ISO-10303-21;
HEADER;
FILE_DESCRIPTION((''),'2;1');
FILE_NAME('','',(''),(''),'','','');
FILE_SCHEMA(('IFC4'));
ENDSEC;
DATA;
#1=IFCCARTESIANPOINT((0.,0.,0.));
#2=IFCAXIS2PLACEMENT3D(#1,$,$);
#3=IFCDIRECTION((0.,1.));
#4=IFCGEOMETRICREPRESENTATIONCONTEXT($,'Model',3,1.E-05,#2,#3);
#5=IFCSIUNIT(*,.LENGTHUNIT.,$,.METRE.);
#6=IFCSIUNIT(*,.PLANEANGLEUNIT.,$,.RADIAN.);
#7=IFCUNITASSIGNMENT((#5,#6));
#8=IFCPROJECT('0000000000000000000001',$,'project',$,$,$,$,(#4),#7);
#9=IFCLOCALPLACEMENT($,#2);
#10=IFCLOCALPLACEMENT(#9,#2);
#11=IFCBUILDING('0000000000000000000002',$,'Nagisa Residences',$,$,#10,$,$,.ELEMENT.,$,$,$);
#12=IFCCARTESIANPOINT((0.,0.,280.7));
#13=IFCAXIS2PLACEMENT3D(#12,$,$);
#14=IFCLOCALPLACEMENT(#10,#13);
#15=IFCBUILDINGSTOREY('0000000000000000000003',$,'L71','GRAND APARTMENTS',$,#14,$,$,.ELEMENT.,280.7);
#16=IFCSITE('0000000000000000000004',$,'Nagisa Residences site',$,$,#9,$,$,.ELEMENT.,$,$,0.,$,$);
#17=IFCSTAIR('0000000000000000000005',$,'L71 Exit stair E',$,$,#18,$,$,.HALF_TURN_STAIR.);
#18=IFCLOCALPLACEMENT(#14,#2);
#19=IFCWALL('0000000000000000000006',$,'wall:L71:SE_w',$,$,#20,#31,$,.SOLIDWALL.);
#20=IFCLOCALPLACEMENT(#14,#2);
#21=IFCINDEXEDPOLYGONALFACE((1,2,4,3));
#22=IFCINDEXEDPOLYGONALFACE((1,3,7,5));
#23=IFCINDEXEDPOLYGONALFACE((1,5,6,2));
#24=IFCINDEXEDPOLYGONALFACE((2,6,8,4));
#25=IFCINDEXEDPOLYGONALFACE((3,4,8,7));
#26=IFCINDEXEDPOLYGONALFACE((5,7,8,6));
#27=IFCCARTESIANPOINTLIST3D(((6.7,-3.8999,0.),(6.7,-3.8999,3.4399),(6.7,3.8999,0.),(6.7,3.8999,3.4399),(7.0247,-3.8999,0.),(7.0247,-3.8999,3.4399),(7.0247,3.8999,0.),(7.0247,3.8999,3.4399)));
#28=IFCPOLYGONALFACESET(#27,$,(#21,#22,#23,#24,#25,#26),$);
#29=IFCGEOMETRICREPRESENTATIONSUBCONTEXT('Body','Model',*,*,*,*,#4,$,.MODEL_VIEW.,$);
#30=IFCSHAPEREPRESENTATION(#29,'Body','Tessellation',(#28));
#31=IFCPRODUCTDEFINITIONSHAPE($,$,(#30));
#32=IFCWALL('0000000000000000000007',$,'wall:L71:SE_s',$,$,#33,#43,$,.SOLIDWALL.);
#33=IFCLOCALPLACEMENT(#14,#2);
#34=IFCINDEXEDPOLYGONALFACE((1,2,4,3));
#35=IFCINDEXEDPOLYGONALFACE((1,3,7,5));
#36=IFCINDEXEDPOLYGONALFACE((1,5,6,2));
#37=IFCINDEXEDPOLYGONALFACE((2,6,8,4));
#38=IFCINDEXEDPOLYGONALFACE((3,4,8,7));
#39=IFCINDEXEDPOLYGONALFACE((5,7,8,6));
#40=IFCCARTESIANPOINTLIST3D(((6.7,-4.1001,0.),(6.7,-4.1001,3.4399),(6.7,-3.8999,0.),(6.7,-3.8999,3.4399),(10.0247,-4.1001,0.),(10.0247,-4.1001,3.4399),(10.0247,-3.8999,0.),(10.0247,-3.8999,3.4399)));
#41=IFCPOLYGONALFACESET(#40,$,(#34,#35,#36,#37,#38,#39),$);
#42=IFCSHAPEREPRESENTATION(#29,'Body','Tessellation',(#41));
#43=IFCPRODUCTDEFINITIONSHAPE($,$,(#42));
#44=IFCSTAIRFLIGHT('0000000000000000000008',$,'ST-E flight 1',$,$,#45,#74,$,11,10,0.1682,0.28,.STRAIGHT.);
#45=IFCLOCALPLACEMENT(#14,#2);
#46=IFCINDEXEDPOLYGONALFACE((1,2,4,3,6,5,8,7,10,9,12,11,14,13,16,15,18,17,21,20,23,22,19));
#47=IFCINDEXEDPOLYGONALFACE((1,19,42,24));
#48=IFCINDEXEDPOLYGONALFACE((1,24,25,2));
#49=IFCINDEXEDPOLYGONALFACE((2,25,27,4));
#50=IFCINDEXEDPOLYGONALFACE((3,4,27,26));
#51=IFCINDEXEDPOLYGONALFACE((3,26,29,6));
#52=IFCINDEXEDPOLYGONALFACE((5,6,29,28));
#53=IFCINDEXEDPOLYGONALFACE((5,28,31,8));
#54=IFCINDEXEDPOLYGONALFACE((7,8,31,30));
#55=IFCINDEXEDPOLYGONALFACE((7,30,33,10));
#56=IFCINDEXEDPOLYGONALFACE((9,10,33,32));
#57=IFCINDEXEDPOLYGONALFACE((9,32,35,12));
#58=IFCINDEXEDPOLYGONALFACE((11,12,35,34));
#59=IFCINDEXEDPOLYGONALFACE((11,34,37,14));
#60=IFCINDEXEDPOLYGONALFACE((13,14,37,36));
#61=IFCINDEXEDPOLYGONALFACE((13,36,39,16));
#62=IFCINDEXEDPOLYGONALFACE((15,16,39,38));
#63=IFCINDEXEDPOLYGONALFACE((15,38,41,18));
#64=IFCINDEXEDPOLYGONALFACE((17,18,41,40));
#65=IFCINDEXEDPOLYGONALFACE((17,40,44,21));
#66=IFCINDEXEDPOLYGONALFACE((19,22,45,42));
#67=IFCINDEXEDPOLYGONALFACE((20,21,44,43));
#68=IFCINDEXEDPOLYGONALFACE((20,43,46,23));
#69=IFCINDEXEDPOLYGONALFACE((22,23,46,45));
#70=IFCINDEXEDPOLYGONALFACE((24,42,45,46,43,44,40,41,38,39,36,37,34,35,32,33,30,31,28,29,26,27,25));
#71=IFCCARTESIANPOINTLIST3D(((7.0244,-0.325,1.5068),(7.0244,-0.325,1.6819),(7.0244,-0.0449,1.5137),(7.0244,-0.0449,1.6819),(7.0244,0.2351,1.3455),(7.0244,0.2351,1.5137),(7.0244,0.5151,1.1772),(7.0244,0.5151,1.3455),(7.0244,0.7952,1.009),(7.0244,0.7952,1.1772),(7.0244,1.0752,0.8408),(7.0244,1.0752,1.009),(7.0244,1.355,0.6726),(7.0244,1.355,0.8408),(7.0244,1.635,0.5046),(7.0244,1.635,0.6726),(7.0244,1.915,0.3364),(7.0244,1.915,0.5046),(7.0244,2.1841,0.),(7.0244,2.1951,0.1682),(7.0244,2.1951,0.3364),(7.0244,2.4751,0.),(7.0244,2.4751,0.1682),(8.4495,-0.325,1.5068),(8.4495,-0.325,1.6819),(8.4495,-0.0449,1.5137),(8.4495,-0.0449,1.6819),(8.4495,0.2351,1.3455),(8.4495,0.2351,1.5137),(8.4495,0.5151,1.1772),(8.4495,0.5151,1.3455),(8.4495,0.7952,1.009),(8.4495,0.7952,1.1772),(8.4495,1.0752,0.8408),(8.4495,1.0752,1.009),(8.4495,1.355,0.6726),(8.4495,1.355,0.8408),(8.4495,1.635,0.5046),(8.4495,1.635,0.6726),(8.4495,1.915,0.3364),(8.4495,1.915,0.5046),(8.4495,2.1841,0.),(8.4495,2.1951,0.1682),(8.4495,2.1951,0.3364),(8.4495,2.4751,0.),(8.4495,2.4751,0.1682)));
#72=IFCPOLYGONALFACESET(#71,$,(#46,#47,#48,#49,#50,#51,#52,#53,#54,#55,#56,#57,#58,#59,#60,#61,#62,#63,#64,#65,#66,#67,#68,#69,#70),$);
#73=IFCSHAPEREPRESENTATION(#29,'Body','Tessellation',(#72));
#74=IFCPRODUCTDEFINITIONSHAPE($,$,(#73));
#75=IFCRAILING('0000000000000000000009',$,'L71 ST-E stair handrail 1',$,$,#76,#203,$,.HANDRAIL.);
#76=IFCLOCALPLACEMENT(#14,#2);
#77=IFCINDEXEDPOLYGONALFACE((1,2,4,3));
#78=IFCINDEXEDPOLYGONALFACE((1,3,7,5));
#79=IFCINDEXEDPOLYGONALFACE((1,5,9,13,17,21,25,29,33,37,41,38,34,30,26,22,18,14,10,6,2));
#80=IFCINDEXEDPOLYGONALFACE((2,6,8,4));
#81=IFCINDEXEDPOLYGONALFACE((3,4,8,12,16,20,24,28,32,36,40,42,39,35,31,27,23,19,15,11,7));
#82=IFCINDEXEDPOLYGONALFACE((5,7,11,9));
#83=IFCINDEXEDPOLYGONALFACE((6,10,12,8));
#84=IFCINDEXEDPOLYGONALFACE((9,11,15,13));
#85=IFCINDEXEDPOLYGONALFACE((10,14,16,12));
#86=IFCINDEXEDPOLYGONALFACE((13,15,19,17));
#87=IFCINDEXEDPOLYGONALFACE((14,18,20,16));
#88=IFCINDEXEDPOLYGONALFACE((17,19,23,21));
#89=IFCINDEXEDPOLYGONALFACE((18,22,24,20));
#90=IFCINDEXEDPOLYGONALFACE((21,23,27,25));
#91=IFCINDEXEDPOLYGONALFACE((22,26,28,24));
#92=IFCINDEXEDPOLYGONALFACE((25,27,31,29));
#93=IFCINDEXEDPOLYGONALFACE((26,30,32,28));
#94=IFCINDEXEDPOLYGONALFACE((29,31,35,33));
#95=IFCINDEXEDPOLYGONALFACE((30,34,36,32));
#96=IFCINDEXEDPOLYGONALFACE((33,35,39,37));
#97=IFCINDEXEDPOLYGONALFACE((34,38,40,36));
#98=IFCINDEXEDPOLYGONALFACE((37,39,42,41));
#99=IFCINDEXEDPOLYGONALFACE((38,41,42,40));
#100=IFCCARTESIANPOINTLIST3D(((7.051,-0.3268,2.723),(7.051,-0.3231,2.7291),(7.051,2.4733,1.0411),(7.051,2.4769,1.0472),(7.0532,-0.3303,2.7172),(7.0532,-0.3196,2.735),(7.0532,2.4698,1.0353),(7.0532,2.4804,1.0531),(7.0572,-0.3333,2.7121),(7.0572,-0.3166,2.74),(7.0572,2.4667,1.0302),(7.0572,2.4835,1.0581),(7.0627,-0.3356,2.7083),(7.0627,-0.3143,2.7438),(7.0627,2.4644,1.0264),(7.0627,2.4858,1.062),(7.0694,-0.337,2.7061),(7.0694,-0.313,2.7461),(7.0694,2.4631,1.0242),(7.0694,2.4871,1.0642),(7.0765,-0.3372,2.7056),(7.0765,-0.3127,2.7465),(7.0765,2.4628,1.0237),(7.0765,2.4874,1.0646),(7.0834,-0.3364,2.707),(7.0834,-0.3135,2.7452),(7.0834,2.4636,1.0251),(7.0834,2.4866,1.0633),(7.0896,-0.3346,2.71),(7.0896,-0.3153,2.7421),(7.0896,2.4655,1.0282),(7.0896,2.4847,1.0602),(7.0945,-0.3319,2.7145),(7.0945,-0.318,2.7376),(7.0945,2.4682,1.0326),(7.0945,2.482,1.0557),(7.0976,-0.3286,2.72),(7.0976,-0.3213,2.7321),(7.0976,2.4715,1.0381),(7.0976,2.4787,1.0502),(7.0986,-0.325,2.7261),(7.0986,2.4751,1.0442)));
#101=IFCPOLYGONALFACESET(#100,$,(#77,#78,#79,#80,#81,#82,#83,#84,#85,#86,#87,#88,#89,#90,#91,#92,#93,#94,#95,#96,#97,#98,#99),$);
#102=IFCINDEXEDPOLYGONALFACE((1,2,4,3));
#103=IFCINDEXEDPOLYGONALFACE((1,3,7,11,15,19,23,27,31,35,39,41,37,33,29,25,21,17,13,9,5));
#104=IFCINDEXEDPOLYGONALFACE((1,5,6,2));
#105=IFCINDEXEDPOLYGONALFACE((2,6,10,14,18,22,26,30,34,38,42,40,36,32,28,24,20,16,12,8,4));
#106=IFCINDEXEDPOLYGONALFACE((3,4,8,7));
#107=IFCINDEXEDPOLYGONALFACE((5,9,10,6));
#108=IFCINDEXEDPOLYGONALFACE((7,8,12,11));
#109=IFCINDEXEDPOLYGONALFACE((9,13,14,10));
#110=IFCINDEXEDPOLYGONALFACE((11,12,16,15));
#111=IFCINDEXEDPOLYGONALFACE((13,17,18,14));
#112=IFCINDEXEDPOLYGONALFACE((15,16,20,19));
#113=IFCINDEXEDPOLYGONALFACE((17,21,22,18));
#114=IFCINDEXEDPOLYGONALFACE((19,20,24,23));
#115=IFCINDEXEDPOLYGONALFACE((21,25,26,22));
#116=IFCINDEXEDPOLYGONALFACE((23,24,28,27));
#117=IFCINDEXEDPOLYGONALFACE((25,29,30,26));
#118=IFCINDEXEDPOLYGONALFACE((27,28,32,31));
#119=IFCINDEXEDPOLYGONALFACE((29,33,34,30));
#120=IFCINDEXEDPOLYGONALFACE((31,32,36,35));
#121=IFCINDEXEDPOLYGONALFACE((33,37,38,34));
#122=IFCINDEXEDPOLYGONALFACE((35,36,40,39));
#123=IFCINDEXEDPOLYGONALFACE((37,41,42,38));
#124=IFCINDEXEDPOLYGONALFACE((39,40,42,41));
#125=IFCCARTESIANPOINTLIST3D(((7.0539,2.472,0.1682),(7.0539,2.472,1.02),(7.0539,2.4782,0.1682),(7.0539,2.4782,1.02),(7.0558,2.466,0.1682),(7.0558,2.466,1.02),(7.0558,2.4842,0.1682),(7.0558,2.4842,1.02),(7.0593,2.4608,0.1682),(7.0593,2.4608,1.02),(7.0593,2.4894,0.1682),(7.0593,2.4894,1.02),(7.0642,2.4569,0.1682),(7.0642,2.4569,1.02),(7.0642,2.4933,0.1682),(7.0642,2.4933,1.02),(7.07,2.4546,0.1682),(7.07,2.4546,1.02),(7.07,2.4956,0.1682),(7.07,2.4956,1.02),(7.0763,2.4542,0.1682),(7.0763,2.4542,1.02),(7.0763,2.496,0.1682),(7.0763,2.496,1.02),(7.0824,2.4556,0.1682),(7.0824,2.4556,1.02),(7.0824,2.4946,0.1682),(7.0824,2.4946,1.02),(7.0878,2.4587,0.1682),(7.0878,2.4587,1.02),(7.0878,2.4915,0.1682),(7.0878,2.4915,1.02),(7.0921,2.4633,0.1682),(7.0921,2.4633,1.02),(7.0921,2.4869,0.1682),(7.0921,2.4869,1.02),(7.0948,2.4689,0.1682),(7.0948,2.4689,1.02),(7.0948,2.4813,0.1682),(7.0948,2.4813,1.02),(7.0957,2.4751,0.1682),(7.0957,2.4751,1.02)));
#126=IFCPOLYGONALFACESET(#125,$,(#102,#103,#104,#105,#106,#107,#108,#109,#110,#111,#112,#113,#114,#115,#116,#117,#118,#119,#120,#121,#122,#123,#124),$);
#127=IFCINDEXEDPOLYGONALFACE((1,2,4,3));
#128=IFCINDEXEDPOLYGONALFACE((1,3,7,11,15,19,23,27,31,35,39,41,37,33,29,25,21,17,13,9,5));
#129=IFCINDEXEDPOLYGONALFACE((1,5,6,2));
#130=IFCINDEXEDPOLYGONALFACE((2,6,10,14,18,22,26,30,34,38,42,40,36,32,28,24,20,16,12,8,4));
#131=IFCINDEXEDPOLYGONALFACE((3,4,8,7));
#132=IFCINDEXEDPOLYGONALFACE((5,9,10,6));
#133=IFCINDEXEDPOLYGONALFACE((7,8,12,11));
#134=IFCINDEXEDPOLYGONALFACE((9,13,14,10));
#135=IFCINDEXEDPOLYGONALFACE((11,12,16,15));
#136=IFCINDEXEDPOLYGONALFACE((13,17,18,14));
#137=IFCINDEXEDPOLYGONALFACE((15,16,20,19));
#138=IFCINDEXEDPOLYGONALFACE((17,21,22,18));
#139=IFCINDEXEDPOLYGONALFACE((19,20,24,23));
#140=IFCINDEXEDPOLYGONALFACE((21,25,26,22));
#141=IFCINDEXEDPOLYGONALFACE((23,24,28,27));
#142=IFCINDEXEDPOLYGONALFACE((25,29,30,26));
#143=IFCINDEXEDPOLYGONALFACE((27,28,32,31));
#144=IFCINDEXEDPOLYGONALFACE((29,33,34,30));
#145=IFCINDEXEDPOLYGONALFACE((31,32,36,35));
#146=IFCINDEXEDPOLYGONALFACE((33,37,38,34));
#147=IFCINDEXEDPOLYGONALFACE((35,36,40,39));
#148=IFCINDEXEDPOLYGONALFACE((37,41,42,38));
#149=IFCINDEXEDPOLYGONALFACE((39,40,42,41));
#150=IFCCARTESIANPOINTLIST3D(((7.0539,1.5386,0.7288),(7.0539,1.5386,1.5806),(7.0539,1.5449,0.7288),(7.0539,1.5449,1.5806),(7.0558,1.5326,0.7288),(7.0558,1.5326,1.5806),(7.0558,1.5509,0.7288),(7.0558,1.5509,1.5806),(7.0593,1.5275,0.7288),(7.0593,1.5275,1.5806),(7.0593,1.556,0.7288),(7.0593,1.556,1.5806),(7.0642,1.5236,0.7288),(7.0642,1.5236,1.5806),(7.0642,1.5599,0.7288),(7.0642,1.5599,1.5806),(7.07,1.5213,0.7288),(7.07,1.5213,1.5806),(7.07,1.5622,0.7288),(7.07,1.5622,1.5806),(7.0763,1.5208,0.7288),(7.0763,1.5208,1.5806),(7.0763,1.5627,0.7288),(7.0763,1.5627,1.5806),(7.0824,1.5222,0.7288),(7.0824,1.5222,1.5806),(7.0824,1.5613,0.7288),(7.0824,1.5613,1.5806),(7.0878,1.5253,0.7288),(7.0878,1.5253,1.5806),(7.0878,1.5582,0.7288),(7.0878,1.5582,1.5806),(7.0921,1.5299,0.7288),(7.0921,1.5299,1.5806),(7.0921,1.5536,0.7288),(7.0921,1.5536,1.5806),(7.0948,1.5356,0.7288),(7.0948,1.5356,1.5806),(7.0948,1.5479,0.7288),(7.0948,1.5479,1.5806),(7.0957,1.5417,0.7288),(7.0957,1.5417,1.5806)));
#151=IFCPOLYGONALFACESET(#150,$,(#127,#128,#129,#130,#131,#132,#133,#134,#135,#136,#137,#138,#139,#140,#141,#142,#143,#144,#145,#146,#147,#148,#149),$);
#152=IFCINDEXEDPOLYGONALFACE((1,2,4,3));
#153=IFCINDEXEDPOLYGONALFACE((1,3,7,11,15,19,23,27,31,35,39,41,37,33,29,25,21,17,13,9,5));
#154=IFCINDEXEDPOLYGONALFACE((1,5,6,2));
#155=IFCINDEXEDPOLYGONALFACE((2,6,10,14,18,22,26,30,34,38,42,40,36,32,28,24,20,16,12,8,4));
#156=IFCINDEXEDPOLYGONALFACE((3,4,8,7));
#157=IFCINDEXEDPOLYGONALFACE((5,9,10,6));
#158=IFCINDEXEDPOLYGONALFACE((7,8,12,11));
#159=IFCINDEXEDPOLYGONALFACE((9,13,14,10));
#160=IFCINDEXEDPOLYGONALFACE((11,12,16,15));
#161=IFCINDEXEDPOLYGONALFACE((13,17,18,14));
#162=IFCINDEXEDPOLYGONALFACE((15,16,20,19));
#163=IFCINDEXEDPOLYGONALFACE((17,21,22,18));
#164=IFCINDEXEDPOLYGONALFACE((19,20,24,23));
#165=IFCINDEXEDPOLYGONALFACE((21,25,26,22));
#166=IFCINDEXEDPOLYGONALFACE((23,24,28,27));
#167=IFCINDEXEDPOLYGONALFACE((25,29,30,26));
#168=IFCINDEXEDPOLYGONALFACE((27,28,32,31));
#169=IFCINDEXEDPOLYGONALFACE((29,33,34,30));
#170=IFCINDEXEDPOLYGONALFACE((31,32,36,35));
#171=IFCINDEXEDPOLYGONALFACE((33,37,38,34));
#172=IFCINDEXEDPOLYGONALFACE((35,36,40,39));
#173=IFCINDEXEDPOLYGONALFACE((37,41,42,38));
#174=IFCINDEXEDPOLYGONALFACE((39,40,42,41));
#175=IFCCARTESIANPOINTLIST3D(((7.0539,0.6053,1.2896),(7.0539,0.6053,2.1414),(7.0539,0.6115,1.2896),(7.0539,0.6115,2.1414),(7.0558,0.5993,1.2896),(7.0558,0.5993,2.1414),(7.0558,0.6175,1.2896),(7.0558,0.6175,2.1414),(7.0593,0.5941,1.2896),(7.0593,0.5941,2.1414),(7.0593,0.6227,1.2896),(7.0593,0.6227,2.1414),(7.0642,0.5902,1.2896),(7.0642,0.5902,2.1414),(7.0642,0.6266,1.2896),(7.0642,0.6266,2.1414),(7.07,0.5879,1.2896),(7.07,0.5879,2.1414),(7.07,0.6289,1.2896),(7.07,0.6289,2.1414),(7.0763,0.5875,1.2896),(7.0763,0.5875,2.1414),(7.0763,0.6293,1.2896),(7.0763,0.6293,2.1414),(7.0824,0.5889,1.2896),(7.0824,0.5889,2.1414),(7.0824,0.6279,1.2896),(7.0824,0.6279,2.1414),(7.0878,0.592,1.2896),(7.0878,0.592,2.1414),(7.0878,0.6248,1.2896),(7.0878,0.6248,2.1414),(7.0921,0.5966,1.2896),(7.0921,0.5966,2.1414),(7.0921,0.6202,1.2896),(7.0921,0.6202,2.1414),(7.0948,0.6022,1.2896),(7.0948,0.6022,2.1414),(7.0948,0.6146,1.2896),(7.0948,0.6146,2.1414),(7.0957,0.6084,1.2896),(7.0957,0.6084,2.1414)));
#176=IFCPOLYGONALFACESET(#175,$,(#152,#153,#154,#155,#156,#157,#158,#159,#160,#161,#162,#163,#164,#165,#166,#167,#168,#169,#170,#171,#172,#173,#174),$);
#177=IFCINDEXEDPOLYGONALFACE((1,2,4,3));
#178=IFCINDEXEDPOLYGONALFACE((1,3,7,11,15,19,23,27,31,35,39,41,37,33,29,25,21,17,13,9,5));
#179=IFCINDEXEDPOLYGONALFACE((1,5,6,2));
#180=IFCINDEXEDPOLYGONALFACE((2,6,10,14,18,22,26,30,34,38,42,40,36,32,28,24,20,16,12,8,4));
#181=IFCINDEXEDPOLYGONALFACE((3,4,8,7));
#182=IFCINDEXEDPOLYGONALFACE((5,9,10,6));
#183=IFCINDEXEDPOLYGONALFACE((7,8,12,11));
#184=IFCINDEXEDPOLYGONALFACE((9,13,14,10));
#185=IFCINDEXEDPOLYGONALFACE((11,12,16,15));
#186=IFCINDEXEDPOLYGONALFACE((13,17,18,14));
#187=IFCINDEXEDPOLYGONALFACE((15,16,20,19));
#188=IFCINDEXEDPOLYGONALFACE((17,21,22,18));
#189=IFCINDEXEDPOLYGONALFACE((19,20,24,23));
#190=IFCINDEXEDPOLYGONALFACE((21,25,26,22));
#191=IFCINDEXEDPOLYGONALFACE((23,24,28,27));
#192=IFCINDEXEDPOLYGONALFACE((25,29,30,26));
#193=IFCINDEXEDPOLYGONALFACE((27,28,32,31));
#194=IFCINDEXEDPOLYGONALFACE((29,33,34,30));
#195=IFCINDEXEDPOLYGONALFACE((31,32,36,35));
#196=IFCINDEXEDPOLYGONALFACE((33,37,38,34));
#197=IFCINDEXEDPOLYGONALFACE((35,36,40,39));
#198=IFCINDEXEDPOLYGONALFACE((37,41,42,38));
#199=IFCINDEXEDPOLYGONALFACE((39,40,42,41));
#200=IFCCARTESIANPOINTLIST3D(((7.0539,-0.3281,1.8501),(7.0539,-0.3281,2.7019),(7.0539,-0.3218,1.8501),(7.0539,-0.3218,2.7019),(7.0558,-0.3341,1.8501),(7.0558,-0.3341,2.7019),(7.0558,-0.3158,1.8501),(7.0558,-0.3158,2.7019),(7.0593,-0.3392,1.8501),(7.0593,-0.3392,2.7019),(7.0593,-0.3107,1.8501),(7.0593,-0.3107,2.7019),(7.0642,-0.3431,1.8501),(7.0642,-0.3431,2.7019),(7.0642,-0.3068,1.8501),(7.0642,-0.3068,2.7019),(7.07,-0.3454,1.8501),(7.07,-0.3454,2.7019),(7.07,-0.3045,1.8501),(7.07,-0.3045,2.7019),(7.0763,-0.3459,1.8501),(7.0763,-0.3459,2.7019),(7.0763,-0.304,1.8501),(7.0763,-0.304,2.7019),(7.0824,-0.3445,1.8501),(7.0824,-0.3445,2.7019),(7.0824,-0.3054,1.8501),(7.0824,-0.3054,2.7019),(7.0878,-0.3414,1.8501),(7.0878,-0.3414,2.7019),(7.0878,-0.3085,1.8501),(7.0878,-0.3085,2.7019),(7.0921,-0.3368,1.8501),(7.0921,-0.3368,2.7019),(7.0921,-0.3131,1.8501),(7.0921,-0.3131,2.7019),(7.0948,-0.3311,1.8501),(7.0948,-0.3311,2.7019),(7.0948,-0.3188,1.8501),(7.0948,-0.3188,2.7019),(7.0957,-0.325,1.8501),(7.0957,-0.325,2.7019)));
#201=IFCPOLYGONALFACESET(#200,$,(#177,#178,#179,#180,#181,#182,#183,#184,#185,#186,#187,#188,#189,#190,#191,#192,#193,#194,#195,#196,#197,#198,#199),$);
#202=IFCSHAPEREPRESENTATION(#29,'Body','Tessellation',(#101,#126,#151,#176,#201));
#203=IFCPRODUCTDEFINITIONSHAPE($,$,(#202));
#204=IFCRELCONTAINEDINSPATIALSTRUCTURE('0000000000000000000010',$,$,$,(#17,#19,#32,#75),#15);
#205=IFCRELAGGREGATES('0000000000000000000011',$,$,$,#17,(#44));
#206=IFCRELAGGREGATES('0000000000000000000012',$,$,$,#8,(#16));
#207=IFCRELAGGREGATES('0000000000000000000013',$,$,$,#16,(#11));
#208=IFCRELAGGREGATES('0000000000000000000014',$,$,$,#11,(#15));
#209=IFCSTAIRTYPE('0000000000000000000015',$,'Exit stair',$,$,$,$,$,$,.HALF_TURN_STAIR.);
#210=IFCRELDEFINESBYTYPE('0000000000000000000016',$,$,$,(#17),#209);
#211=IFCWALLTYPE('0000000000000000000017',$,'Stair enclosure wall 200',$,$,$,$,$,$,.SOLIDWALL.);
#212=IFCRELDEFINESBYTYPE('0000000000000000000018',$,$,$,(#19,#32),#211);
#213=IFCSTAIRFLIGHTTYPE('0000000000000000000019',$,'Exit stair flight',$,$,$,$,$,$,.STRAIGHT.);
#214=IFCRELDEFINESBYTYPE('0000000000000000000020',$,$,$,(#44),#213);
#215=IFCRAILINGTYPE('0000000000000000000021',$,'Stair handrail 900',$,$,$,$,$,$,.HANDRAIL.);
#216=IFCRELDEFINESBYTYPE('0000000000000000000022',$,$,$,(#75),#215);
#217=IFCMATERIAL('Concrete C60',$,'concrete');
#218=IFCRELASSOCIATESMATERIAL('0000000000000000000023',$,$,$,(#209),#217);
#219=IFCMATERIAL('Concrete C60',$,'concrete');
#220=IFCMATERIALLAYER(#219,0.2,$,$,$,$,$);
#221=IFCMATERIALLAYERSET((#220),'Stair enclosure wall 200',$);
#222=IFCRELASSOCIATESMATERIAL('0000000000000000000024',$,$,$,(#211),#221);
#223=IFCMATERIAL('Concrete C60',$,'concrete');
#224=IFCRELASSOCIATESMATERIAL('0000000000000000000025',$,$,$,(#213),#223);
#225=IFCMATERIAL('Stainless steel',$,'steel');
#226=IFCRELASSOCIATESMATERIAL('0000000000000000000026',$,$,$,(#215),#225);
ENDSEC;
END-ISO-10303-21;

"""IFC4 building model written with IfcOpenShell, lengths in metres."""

from ifc_helpers import new_model, si_unit, direction, frame, origin, origin_2d, place, context, subcontext, project, spatial, polyline, circle, outline, extrude, material, layer, layer_set, type_object, element, aggregate, save


model = new_model("IFC4")

# Units and contexts
model_context = context("Model", 3, precision=1e-05, world=origin(), true_north=direction((0.0, 1.0)))
body_context = subcontext(model_context, "Body", "Model", "MODEL_VIEW")
ifc_project = project(units=[si_unit("LENGTHUNIT", "METRE"), si_unit("PLANEANGLEUNIT", "RADIAN")], contexts=[model_context])

# Site, building, storey
site_placement = place(None, origin())
site = spatial("IfcSite", under=ifc_project, at=site_placement, Name="Nagisa Residences site", CompositionType="ELEMENT", RefElevation=0.0)
building_placement = place(site_placement, origin())
building = spatial("IfcBuilding", under=site, at=building_placement, Name="Nagisa Residences", CompositionType="ELEMENT")
storey_placement = place(building_placement, frame((0.0, 0.0, 280.7)))
storey = spatial("IfcBuildingStorey", under=building, at=storey_placement, Name="L71", Description="GRAND APARTMENTS", CompositionType="ELEMENT", Elevation=280.7)

# Stair
ifc_material_1 = material(Name="Concrete C60", Category="concrete")
stair_type = type_object("IfcStairType", Name="Exit stair", PredefinedType="HALF_TURN_STAIR", material=ifc_material_1)
stair_1_placement = place(storey_placement, origin())
stair_1 = element("IfcStair", 1, at=stair_1_placement, inside=storey, type_object=stair_type, Name="L71 Exit stair E", PredefinedType="HALF_TURN_STAIR")

# Shared definitions
ifc_material_2 = material(Name="Concrete C60", Category="concrete")
ifc_layer_1 = layer(ifc_material_2, 0.2)
ifc_layer_set_1 = layer_set([ifc_layer_1], Name="Stair enclosure wall 200")
wall_type_1 = type_object("IfcWallType", Name="Stair enclosure wall 200", PredefinedType="SOLIDWALL", material=ifc_layer_set_1)

# Walls
wall_1_placement = place(storey_placement, origin())
element("IfcWall", 2, at=wall_1_placement, inside=storey, type_object=wall_type_1, Name="wall:L71:SE_w", PredefinedType="SOLIDWALL", context=body_context, shape_type="SweptSolid", body=[
    extrude(outline(polyline([(7.0247, -3.8999), (6.7, -3.8999), (6.7, 3.8999), (7.0247, 3.8999), (7.0247, -3.8999)])), origin(), (0.0, 0.0, 1.0), 3.4399),
])
wall_2_placement = place(storey_placement, origin())
element("IfcWall", 3, at=wall_2_placement, inside=storey, type_object=wall_type_1, Name="wall:L71:SE_s", PredefinedType="SOLIDWALL", context=body_context, shape_type="SweptSolid", body=[
    extrude(outline(polyline([(10.0247, -4.1001), (6.7, -4.1001), (6.7, -3.8999), (10.0247, -3.8999), (10.0247, -4.1001)])), origin(), (0.0, 0.0, 1.0), 3.4399),
])

# Stair flight
ifc_material_3 = material(Name="Concrete C60", Category="concrete")
stair_flight_type = type_object("IfcStairFlightType", Name="Exit stair flight", PredefinedType="STRAIGHT", material=ifc_material_3)
stair_flight_placement = place(storey_placement, frame((7.7371, 2.4751, 0.0), z_axis=(0.0, 0.0, 1.0), x_axis=(0.0, -1.0, 0.0)))
stair_flight = element("IfcStairFlight", 4, at=stair_flight_placement, type_object=stair_flight_type, Name="ST-E flight 1", NumberOfRisers=11, NumberOfTreads=10, PredefinedType="STRAIGHT", RiserHeight=0.1682, TreadLength=0.28, context=body_context, shape_type="SweptSolid", body=[
    extrude(outline(polyline([(0.0, 0.0), (0.0, 0.1682), (0.28, 0.1682), (0.28, 0.3364), (0.5601, 0.3364), (0.5601, 0.5046), (0.8401, 0.5046), (0.8401, 0.6726), (1.1201, 0.6726), (1.1201, 0.8408), (1.3999, 0.8408), (1.3999, 1.009), (1.6799, 1.009), (1.6799, 1.1772), (1.96, 1.1772), (1.96, 1.3455), (2.24, 1.3455), (2.24, 1.5137), (2.52, 1.5137), (2.52, 1.6819), (2.8, 1.6819), (2.8, 1.8501), (2.8, 1.5068), (0.291, 0.0), (0.0, 0.0)])), frame((0.0, 0.7124, 0.0), z_axis=(0.0, -1.0, 0.0), x_axis=(1.0, 0.0, 0.0)), (0.0, 0.0, 1.0), 1.425),
])
aggregate(stair_1, [stair_flight])

# Railing
ifc_material_4 = material(Name="Stainless steel", Category="steel")
railing_type = type_object("IfcRailingType", Name="Stair handrail 900", PredefinedType="HANDRAIL", material=ifc_material_4)
railing_placement = place(storey_placement, frame((7.0747, 2.4751, 0.1682)))
element("IfcRailing", 5, at=railing_placement, inside=storey, type_object=railing_type, Name="L71 ST-E stair handrail 1", PredefinedType="HANDRAIL", context=body_context, shape_type="SweptSolid", body=[
    extrude(circle(Radius=0.0239, at=origin_2d()), frame((0.0, 0.0, 0.876), z_axis=(0.0, -0.857242, 0.514913), x_axis=(1.0, 0.0, 0.0)), (0.0, 0.0, 1.0), 3.2664),
    extrude(circle(Radius=0.021, at=origin_2d()), origin(), (0.0, 0.0, 1.0), 0.8518),
    extrude(circle(Radius=0.021, at=origin_2d()), frame((0.0, -0.9333, 0.5605)), (0.0, 0.0, 1.0), 0.8518),
    extrude(circle(Radius=0.021, at=origin_2d()), frame((0.0, -1.8667, 1.1213)), (0.0, 0.0, 1.0), 0.8518),
    extrude(circle(Radius=0.021, at=origin_2d()), frame((0.0, -2.8, 1.6819)), (0.0, 0.0, 1.0), 0.8518),
])

save(model, "model.ifc")
